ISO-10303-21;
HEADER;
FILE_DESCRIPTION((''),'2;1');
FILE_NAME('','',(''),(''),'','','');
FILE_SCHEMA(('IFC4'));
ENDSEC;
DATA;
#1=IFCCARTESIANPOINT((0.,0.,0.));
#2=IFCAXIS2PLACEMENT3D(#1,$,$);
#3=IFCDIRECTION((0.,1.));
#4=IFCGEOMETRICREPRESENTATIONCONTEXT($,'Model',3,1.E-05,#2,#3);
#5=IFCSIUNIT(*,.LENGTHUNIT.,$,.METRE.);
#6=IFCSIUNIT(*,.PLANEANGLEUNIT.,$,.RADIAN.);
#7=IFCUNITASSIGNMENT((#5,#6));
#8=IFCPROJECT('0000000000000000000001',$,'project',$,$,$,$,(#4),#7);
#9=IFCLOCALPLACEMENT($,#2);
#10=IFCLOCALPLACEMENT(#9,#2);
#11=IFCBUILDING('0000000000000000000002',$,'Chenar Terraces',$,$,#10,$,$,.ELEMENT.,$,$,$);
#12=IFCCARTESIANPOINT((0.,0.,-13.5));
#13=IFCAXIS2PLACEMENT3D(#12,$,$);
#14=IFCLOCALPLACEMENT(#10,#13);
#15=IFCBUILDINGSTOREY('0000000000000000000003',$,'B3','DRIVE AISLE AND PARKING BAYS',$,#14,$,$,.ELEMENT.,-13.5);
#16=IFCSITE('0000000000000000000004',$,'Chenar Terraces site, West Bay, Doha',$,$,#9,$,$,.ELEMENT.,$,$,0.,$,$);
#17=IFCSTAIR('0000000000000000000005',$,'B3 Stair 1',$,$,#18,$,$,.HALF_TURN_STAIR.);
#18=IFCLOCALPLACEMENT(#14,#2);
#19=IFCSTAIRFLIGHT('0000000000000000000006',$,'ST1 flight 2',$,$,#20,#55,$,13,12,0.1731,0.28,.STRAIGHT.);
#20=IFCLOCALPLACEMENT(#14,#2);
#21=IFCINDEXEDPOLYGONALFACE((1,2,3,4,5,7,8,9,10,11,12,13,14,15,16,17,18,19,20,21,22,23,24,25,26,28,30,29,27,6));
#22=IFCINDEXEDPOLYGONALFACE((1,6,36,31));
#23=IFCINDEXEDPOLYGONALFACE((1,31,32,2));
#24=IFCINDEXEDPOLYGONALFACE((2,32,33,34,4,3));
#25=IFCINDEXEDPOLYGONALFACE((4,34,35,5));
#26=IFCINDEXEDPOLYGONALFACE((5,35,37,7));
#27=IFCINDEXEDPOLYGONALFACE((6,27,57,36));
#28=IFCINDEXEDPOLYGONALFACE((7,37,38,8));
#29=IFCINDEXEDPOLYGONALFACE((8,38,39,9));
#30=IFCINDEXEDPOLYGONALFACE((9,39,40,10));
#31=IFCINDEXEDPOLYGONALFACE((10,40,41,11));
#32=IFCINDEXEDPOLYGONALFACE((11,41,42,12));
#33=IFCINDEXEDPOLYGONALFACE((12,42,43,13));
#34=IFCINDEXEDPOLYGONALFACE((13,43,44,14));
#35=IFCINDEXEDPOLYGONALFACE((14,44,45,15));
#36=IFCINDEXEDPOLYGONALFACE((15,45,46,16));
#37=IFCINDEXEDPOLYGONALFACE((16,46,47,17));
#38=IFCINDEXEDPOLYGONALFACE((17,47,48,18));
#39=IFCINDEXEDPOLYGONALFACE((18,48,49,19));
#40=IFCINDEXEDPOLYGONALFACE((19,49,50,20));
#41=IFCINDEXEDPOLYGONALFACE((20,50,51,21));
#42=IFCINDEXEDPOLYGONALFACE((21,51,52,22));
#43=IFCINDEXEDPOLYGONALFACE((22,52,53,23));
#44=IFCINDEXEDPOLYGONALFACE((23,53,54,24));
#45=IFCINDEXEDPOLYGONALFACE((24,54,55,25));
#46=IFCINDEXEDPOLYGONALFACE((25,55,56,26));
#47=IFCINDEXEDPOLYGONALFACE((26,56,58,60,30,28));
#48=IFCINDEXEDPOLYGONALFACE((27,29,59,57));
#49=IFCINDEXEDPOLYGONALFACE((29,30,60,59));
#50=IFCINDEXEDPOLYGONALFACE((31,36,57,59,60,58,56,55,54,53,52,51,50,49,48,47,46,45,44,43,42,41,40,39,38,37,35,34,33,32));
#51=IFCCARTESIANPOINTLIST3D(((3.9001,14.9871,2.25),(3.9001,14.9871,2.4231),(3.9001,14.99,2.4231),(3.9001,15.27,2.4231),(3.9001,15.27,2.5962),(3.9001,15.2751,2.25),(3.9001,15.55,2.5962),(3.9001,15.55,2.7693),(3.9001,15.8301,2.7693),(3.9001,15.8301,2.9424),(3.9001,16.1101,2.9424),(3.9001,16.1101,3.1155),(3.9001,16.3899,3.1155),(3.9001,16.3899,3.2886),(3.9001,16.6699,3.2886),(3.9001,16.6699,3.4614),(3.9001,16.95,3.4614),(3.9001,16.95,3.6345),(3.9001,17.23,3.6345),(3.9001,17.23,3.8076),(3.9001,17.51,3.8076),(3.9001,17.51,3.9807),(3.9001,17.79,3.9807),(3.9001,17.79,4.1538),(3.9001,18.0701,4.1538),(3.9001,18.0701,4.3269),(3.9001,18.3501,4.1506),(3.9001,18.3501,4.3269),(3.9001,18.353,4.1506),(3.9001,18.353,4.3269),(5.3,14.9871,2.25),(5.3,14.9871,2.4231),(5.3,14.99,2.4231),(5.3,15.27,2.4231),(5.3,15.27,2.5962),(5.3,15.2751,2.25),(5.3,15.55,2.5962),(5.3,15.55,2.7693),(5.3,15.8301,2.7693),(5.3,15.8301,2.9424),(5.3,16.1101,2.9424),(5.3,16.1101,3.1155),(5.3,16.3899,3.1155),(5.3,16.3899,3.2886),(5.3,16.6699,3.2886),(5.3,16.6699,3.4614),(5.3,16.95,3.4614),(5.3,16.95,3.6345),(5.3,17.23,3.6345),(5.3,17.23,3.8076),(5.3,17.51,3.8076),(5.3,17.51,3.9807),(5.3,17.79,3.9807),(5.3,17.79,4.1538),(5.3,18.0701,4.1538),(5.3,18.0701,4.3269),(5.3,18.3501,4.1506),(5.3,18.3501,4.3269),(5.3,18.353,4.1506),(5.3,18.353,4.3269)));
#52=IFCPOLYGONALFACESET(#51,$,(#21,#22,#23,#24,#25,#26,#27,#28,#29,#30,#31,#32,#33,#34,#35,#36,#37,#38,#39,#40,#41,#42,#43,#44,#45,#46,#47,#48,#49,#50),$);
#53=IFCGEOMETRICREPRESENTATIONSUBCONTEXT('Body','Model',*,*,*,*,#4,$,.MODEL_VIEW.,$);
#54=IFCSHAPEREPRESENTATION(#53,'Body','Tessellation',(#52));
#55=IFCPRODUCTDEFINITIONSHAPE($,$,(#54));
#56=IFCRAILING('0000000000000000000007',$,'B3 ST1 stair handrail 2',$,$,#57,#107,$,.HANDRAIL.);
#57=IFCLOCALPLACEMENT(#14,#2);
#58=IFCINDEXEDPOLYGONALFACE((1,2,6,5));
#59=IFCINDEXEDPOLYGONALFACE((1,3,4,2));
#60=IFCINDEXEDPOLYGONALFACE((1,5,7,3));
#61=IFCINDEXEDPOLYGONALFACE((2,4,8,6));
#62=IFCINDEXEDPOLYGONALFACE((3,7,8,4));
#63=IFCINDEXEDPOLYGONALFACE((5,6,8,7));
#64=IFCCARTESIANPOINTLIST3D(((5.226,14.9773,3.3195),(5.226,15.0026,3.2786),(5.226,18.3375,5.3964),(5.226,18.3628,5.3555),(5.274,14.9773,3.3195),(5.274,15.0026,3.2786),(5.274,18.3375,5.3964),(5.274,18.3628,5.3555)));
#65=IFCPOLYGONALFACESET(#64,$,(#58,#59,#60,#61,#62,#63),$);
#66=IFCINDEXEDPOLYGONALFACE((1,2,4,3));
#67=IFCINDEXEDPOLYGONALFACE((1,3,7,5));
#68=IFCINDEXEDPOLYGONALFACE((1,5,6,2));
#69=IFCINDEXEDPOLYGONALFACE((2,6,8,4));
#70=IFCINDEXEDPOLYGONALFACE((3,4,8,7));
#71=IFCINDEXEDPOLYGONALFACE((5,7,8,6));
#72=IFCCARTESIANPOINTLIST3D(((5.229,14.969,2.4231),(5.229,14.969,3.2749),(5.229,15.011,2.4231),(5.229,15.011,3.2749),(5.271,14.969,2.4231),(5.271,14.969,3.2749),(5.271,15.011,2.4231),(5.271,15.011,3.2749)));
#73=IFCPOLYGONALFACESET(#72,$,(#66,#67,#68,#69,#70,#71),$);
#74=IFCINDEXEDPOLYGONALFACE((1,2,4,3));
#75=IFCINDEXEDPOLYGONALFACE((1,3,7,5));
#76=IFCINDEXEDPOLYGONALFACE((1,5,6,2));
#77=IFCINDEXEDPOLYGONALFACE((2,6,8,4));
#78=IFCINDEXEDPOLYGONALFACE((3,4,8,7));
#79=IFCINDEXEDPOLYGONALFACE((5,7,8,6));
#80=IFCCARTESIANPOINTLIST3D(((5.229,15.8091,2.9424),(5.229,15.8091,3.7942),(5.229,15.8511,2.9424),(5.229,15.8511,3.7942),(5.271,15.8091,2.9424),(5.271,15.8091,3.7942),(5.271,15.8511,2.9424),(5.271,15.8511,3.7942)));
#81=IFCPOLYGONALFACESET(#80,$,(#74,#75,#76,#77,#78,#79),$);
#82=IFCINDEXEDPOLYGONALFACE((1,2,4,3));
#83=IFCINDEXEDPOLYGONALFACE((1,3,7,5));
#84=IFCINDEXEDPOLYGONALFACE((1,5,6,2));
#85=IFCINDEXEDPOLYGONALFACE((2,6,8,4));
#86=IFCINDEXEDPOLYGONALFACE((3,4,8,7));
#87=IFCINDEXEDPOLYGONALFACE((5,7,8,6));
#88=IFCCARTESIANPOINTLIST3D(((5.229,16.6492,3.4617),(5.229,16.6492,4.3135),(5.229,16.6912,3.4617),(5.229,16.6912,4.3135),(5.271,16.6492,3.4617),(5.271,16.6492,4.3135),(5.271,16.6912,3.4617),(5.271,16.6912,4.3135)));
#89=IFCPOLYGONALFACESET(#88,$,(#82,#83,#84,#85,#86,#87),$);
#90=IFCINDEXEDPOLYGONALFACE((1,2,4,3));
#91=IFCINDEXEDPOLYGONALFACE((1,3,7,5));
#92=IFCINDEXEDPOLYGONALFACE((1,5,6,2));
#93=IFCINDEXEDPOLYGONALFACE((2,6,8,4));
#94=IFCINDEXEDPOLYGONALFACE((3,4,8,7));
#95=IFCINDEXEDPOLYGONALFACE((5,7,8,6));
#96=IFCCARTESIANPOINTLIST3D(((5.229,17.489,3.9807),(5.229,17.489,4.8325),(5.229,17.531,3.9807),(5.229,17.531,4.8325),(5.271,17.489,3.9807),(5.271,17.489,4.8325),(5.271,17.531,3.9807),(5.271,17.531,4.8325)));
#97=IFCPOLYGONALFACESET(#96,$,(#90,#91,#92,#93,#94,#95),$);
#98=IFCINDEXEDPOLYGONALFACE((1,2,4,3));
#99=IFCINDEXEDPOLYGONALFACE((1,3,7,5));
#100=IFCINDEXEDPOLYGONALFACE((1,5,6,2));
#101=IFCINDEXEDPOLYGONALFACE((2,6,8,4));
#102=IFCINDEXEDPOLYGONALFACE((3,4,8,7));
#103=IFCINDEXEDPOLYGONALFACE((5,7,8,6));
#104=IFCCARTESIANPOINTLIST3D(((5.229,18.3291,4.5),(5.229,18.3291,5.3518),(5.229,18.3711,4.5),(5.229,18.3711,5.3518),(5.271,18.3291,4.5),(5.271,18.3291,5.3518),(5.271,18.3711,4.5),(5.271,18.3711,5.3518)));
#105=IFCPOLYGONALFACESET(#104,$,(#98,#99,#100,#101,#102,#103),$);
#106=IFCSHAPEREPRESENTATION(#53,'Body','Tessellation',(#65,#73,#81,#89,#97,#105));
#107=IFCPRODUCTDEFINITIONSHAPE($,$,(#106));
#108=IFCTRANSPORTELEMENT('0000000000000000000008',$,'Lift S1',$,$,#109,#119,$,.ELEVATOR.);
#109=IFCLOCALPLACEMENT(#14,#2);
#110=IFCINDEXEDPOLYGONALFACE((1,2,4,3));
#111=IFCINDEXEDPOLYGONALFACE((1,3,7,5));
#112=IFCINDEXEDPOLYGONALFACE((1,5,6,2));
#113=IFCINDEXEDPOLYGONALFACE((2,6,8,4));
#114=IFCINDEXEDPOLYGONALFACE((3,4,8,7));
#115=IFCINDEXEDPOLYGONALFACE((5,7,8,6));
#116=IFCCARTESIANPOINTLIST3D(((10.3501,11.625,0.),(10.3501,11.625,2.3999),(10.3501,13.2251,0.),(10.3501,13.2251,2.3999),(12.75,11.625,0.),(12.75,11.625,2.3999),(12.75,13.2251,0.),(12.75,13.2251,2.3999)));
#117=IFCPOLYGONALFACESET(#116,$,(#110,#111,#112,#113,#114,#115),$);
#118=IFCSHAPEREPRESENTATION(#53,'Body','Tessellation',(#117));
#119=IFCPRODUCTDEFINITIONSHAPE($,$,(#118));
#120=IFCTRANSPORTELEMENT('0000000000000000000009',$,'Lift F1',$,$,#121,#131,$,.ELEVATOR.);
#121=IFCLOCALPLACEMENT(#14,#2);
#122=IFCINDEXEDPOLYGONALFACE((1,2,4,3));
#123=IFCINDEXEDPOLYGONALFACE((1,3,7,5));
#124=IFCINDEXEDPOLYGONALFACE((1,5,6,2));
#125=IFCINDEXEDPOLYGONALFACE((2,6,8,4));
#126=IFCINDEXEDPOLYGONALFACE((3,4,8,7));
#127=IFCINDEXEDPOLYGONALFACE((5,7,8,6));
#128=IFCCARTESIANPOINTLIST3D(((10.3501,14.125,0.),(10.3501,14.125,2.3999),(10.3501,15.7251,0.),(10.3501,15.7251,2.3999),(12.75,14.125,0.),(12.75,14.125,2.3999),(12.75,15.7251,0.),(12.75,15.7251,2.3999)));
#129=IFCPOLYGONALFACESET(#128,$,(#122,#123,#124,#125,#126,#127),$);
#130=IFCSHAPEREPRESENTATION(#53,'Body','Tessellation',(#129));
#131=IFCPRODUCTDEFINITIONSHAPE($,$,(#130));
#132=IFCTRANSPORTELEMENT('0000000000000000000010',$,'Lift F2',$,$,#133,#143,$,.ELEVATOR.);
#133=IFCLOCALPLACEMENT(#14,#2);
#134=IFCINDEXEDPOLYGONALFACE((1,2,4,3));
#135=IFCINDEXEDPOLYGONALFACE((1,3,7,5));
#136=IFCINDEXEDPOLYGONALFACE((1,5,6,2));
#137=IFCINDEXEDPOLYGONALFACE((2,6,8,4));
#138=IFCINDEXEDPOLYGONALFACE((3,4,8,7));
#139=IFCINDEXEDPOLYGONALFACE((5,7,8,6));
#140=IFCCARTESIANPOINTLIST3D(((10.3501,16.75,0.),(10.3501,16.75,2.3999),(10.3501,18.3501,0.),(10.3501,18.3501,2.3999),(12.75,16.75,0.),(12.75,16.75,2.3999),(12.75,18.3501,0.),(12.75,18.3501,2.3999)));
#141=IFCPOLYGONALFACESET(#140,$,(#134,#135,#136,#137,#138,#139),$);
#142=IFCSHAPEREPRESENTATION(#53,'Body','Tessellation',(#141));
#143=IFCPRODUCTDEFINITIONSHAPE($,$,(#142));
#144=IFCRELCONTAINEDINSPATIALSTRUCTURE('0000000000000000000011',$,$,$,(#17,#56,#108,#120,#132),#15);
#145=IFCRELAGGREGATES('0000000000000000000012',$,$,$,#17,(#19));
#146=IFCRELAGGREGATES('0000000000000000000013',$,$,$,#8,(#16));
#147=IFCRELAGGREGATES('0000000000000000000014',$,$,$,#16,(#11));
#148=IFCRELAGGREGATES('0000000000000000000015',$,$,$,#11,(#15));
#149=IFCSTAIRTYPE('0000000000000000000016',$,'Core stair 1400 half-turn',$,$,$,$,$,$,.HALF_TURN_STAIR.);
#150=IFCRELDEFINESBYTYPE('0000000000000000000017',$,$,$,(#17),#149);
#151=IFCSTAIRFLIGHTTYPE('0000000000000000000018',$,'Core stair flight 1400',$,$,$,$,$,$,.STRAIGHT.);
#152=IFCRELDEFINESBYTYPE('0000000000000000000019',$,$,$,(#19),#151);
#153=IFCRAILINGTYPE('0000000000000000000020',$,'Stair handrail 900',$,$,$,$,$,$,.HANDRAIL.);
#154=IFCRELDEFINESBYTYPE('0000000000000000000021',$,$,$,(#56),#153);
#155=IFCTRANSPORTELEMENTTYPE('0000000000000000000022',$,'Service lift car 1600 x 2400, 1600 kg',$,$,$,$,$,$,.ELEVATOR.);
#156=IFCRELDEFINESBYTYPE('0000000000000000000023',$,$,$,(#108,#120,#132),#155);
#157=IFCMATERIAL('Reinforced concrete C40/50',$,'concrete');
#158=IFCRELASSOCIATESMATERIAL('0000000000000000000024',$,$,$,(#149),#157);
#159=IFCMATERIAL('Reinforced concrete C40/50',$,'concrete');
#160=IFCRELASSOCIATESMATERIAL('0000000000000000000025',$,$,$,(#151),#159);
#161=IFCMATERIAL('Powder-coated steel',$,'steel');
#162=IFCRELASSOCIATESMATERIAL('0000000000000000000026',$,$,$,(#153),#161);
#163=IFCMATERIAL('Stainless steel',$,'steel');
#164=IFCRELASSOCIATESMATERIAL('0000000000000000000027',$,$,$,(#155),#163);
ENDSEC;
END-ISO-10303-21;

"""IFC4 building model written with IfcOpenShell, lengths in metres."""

from ifc_helpers import new_model, si_unit, direction, frame, origin, origin_2d, place, context, subcontext, project, spatial, polyline, rectangle, outline, extrude, material, type_object, element, aggregate, save


model = new_model("IFC4")

# Units and contexts
model_context = context("Model", 3, precision=1e-05, world=origin(), true_north=direction((0.0, 1.0)))
body_context = subcontext(model_context, "Body", "Model", "MODEL_VIEW")
ifc_project = project(units=[si_unit("LENGTHUNIT", "METRE"), si_unit("PLANEANGLEUNIT", "RADIAN")], contexts=[model_context])

# Site, building, storey
site_placement = place(None, origin())
site = spatial("IfcSite", under=ifc_project, at=site_placement, Name="Chenar Terraces site, West Bay, Doha", CompositionType="ELEMENT", RefElevation=0.0)
building_placement = place(site_placement, origin())
building = spatial("IfcBuilding", under=site, at=building_placement, Name="Chenar Terraces", CompositionType="ELEMENT")
storey_placement = place(building_placement, frame((0.0, 0.0, -13.5)))
storey = spatial("IfcBuildingStorey", under=building, at=storey_placement, Name="B3", Description="DRIVE AISLE AND PARKING BAYS", CompositionType="ELEMENT", Elevation=-13.5)

# Stair, stair flight
ifc_material_1 = material(Name="Reinforced concrete C40/50", Category="concrete")
stair_type = type_object("IfcStairType", Name="Core stair 1400 half-turn", PredefinedType="HALF_TURN_STAIR", material=ifc_material_1)
stair_placement = place(storey_placement, origin())
stair = element("IfcStair", 1, at=stair_placement, inside=storey, type_object=stair_type, Name="B3 Stair 1", PredefinedType="HALF_TURN_STAIR")
ifc_material_2 = material(Name="Reinforced concrete C40/50", Category="concrete")
stair_flight_type = type_object("IfcStairFlightType", Name="Core stair flight 1400", PredefinedType="STRAIGHT", material=ifc_material_2)
stair_flight_placement = place(storey_placement, frame((4.6001, 14.99, 2.25), z_axis=(0.0, 0.0, 1.0), x_axis=(0.0, 1.0, 0.0)))
stair_flight = element("IfcStairFlight", 2, at=stair_flight_placement, type_object=stair_flight_type, Name="ST1 flight 2", NumberOfRisers=13, NumberOfTreads=12, PredefinedType="STRAIGHT", RiserHeight=0.1731, TreadLength=0.28, context=body_context, shape_type="SweptSolid", body=[
    extrude(outline(polyline([(-0.0029, 0.0), (-0.0029, 0.1731), (0.0, 0.1731), (0.28, 0.1731), (0.28, 0.3462), (0.5601, 0.3462), (0.5601, 0.5193), (0.8401, 0.5193), (0.8401, 0.6924), (1.1201, 0.6924), (1.1201, 0.8655), (1.3999, 0.8655), (1.3999, 1.0386), (1.6799, 1.0386), (1.6799, 1.2114), (1.96, 1.2114), (1.96, 1.3845), (2.24, 1.3845), (2.24, 1.5576), (2.52, 1.5576), (2.52, 1.7307), (2.8, 1.7307), (2.8, 1.9038), (3.0801, 1.9038), (3.0801, 2.0769), (3.3601, 2.0769), (3.363, 2.0769), (3.363, 1.9006), (3.3601, 1.9006), (0.2852, 0.0), (-0.0029, 0.0)])), frame((0.0, 0.7, 0.0), z_axis=(0.0, -1.0, 0.0), x_axis=(1.0, 0.0, 0.0)), (0.0, 0.0, 1.0), 1.3999),
])
aggregate(stair, [stair_flight])

# Railing
ifc_material_3 = material(Name="Powder-coated steel", Category="steel")
railing_type = type_object("IfcRailingType", Name="Stair handrail 900", PredefinedType="HANDRAIL", material=ifc_material_3)
railing_placement = place(storey_placement, frame((5.25, 14.99, 2.4231)))
element("IfcRailing", 3, at=railing_placement, inside=storey, type_object=railing_type, Name="B3 ST1 stair handrail 2", PredefinedType="HANDRAIL", context=body_context, shape_type="SweptSolid", body=[
    extrude(rectangle(XDim=0.0481, YDim=0.0481, at=origin_2d()), frame((0.0, 0.0, 0.876), z_axis=(0.0, 0.850623, 0.525776), x_axis=(-1.0, 0.0, 0.0)), (0.0, 0.0, 1.0), 3.9502),
    extrude(rectangle(XDim=0.042, YDim=0.042, at=origin_2d()), origin(), (0.0, 0.0, 1.0), 0.8518),
    extrude(rectangle(XDim=0.042, YDim=0.042, at=origin_2d()), frame((0.0, 0.8401, 0.5193)), (0.0, 0.0, 1.0), 0.8518),
    extrude(rectangle(XDim=0.042, YDim=0.042, at=origin_2d()), frame((0.0, 1.6802, 1.0386)), (0.0, 0.0, 1.0), 0.8518),
    extrude(rectangle(XDim=0.042, YDim=0.042, at=origin_2d()), frame((0.0, 2.52, 1.5576)), (0.0, 0.0, 1.0), 0.8518),
    extrude(rectangle(XDim=0.042, YDim=0.042, at=origin_2d()), frame((0.0, 3.3601, 2.0769)), (0.0, 0.0, 1.0), 0.8518),
])

# Transport elements
ifc_material_4 = material(Name="Stainless steel", Category="steel")
transport_element_type = type_object("IfcTransportElementType", Name="Service lift car 1600 x 2400, 1600 kg", PredefinedType="ELEVATOR", material=ifc_material_4)
for number, where, z_axis, x_axis, name in (
    (4, (11.55, 12.425, 0.0), (0.0, 0.0, 1.0), (1.0, 0.0, 0.0), "Lift S1"),
    (5, (11.55, 14.925, 0.0), (0.0, 0.0, 1.0), (1.0, 0.0, 0.0), "Lift F1"),
    (6, (11.55, 17.55, 0.0), (0.0, 0.0, 1.0), (1.0, 0.0, 0.0), "Lift F2"),
):
    element("IfcTransportElement", number, at=place(storey_placement, frame(where, z_axis=z_axis, x_axis=x_axis)), inside=storey, type_object=transport_element_type, Name=name, PredefinedType="ELEVATOR", context=body_context, shape_type="SweptSolid", body=[
        extrude(rectangle(XDim=2.3999, YDim=1.6001, at=origin_2d()), origin(), (0.0, 0.0, 1.0), 2.3999),
    ])

save(model, "model.ifc")
